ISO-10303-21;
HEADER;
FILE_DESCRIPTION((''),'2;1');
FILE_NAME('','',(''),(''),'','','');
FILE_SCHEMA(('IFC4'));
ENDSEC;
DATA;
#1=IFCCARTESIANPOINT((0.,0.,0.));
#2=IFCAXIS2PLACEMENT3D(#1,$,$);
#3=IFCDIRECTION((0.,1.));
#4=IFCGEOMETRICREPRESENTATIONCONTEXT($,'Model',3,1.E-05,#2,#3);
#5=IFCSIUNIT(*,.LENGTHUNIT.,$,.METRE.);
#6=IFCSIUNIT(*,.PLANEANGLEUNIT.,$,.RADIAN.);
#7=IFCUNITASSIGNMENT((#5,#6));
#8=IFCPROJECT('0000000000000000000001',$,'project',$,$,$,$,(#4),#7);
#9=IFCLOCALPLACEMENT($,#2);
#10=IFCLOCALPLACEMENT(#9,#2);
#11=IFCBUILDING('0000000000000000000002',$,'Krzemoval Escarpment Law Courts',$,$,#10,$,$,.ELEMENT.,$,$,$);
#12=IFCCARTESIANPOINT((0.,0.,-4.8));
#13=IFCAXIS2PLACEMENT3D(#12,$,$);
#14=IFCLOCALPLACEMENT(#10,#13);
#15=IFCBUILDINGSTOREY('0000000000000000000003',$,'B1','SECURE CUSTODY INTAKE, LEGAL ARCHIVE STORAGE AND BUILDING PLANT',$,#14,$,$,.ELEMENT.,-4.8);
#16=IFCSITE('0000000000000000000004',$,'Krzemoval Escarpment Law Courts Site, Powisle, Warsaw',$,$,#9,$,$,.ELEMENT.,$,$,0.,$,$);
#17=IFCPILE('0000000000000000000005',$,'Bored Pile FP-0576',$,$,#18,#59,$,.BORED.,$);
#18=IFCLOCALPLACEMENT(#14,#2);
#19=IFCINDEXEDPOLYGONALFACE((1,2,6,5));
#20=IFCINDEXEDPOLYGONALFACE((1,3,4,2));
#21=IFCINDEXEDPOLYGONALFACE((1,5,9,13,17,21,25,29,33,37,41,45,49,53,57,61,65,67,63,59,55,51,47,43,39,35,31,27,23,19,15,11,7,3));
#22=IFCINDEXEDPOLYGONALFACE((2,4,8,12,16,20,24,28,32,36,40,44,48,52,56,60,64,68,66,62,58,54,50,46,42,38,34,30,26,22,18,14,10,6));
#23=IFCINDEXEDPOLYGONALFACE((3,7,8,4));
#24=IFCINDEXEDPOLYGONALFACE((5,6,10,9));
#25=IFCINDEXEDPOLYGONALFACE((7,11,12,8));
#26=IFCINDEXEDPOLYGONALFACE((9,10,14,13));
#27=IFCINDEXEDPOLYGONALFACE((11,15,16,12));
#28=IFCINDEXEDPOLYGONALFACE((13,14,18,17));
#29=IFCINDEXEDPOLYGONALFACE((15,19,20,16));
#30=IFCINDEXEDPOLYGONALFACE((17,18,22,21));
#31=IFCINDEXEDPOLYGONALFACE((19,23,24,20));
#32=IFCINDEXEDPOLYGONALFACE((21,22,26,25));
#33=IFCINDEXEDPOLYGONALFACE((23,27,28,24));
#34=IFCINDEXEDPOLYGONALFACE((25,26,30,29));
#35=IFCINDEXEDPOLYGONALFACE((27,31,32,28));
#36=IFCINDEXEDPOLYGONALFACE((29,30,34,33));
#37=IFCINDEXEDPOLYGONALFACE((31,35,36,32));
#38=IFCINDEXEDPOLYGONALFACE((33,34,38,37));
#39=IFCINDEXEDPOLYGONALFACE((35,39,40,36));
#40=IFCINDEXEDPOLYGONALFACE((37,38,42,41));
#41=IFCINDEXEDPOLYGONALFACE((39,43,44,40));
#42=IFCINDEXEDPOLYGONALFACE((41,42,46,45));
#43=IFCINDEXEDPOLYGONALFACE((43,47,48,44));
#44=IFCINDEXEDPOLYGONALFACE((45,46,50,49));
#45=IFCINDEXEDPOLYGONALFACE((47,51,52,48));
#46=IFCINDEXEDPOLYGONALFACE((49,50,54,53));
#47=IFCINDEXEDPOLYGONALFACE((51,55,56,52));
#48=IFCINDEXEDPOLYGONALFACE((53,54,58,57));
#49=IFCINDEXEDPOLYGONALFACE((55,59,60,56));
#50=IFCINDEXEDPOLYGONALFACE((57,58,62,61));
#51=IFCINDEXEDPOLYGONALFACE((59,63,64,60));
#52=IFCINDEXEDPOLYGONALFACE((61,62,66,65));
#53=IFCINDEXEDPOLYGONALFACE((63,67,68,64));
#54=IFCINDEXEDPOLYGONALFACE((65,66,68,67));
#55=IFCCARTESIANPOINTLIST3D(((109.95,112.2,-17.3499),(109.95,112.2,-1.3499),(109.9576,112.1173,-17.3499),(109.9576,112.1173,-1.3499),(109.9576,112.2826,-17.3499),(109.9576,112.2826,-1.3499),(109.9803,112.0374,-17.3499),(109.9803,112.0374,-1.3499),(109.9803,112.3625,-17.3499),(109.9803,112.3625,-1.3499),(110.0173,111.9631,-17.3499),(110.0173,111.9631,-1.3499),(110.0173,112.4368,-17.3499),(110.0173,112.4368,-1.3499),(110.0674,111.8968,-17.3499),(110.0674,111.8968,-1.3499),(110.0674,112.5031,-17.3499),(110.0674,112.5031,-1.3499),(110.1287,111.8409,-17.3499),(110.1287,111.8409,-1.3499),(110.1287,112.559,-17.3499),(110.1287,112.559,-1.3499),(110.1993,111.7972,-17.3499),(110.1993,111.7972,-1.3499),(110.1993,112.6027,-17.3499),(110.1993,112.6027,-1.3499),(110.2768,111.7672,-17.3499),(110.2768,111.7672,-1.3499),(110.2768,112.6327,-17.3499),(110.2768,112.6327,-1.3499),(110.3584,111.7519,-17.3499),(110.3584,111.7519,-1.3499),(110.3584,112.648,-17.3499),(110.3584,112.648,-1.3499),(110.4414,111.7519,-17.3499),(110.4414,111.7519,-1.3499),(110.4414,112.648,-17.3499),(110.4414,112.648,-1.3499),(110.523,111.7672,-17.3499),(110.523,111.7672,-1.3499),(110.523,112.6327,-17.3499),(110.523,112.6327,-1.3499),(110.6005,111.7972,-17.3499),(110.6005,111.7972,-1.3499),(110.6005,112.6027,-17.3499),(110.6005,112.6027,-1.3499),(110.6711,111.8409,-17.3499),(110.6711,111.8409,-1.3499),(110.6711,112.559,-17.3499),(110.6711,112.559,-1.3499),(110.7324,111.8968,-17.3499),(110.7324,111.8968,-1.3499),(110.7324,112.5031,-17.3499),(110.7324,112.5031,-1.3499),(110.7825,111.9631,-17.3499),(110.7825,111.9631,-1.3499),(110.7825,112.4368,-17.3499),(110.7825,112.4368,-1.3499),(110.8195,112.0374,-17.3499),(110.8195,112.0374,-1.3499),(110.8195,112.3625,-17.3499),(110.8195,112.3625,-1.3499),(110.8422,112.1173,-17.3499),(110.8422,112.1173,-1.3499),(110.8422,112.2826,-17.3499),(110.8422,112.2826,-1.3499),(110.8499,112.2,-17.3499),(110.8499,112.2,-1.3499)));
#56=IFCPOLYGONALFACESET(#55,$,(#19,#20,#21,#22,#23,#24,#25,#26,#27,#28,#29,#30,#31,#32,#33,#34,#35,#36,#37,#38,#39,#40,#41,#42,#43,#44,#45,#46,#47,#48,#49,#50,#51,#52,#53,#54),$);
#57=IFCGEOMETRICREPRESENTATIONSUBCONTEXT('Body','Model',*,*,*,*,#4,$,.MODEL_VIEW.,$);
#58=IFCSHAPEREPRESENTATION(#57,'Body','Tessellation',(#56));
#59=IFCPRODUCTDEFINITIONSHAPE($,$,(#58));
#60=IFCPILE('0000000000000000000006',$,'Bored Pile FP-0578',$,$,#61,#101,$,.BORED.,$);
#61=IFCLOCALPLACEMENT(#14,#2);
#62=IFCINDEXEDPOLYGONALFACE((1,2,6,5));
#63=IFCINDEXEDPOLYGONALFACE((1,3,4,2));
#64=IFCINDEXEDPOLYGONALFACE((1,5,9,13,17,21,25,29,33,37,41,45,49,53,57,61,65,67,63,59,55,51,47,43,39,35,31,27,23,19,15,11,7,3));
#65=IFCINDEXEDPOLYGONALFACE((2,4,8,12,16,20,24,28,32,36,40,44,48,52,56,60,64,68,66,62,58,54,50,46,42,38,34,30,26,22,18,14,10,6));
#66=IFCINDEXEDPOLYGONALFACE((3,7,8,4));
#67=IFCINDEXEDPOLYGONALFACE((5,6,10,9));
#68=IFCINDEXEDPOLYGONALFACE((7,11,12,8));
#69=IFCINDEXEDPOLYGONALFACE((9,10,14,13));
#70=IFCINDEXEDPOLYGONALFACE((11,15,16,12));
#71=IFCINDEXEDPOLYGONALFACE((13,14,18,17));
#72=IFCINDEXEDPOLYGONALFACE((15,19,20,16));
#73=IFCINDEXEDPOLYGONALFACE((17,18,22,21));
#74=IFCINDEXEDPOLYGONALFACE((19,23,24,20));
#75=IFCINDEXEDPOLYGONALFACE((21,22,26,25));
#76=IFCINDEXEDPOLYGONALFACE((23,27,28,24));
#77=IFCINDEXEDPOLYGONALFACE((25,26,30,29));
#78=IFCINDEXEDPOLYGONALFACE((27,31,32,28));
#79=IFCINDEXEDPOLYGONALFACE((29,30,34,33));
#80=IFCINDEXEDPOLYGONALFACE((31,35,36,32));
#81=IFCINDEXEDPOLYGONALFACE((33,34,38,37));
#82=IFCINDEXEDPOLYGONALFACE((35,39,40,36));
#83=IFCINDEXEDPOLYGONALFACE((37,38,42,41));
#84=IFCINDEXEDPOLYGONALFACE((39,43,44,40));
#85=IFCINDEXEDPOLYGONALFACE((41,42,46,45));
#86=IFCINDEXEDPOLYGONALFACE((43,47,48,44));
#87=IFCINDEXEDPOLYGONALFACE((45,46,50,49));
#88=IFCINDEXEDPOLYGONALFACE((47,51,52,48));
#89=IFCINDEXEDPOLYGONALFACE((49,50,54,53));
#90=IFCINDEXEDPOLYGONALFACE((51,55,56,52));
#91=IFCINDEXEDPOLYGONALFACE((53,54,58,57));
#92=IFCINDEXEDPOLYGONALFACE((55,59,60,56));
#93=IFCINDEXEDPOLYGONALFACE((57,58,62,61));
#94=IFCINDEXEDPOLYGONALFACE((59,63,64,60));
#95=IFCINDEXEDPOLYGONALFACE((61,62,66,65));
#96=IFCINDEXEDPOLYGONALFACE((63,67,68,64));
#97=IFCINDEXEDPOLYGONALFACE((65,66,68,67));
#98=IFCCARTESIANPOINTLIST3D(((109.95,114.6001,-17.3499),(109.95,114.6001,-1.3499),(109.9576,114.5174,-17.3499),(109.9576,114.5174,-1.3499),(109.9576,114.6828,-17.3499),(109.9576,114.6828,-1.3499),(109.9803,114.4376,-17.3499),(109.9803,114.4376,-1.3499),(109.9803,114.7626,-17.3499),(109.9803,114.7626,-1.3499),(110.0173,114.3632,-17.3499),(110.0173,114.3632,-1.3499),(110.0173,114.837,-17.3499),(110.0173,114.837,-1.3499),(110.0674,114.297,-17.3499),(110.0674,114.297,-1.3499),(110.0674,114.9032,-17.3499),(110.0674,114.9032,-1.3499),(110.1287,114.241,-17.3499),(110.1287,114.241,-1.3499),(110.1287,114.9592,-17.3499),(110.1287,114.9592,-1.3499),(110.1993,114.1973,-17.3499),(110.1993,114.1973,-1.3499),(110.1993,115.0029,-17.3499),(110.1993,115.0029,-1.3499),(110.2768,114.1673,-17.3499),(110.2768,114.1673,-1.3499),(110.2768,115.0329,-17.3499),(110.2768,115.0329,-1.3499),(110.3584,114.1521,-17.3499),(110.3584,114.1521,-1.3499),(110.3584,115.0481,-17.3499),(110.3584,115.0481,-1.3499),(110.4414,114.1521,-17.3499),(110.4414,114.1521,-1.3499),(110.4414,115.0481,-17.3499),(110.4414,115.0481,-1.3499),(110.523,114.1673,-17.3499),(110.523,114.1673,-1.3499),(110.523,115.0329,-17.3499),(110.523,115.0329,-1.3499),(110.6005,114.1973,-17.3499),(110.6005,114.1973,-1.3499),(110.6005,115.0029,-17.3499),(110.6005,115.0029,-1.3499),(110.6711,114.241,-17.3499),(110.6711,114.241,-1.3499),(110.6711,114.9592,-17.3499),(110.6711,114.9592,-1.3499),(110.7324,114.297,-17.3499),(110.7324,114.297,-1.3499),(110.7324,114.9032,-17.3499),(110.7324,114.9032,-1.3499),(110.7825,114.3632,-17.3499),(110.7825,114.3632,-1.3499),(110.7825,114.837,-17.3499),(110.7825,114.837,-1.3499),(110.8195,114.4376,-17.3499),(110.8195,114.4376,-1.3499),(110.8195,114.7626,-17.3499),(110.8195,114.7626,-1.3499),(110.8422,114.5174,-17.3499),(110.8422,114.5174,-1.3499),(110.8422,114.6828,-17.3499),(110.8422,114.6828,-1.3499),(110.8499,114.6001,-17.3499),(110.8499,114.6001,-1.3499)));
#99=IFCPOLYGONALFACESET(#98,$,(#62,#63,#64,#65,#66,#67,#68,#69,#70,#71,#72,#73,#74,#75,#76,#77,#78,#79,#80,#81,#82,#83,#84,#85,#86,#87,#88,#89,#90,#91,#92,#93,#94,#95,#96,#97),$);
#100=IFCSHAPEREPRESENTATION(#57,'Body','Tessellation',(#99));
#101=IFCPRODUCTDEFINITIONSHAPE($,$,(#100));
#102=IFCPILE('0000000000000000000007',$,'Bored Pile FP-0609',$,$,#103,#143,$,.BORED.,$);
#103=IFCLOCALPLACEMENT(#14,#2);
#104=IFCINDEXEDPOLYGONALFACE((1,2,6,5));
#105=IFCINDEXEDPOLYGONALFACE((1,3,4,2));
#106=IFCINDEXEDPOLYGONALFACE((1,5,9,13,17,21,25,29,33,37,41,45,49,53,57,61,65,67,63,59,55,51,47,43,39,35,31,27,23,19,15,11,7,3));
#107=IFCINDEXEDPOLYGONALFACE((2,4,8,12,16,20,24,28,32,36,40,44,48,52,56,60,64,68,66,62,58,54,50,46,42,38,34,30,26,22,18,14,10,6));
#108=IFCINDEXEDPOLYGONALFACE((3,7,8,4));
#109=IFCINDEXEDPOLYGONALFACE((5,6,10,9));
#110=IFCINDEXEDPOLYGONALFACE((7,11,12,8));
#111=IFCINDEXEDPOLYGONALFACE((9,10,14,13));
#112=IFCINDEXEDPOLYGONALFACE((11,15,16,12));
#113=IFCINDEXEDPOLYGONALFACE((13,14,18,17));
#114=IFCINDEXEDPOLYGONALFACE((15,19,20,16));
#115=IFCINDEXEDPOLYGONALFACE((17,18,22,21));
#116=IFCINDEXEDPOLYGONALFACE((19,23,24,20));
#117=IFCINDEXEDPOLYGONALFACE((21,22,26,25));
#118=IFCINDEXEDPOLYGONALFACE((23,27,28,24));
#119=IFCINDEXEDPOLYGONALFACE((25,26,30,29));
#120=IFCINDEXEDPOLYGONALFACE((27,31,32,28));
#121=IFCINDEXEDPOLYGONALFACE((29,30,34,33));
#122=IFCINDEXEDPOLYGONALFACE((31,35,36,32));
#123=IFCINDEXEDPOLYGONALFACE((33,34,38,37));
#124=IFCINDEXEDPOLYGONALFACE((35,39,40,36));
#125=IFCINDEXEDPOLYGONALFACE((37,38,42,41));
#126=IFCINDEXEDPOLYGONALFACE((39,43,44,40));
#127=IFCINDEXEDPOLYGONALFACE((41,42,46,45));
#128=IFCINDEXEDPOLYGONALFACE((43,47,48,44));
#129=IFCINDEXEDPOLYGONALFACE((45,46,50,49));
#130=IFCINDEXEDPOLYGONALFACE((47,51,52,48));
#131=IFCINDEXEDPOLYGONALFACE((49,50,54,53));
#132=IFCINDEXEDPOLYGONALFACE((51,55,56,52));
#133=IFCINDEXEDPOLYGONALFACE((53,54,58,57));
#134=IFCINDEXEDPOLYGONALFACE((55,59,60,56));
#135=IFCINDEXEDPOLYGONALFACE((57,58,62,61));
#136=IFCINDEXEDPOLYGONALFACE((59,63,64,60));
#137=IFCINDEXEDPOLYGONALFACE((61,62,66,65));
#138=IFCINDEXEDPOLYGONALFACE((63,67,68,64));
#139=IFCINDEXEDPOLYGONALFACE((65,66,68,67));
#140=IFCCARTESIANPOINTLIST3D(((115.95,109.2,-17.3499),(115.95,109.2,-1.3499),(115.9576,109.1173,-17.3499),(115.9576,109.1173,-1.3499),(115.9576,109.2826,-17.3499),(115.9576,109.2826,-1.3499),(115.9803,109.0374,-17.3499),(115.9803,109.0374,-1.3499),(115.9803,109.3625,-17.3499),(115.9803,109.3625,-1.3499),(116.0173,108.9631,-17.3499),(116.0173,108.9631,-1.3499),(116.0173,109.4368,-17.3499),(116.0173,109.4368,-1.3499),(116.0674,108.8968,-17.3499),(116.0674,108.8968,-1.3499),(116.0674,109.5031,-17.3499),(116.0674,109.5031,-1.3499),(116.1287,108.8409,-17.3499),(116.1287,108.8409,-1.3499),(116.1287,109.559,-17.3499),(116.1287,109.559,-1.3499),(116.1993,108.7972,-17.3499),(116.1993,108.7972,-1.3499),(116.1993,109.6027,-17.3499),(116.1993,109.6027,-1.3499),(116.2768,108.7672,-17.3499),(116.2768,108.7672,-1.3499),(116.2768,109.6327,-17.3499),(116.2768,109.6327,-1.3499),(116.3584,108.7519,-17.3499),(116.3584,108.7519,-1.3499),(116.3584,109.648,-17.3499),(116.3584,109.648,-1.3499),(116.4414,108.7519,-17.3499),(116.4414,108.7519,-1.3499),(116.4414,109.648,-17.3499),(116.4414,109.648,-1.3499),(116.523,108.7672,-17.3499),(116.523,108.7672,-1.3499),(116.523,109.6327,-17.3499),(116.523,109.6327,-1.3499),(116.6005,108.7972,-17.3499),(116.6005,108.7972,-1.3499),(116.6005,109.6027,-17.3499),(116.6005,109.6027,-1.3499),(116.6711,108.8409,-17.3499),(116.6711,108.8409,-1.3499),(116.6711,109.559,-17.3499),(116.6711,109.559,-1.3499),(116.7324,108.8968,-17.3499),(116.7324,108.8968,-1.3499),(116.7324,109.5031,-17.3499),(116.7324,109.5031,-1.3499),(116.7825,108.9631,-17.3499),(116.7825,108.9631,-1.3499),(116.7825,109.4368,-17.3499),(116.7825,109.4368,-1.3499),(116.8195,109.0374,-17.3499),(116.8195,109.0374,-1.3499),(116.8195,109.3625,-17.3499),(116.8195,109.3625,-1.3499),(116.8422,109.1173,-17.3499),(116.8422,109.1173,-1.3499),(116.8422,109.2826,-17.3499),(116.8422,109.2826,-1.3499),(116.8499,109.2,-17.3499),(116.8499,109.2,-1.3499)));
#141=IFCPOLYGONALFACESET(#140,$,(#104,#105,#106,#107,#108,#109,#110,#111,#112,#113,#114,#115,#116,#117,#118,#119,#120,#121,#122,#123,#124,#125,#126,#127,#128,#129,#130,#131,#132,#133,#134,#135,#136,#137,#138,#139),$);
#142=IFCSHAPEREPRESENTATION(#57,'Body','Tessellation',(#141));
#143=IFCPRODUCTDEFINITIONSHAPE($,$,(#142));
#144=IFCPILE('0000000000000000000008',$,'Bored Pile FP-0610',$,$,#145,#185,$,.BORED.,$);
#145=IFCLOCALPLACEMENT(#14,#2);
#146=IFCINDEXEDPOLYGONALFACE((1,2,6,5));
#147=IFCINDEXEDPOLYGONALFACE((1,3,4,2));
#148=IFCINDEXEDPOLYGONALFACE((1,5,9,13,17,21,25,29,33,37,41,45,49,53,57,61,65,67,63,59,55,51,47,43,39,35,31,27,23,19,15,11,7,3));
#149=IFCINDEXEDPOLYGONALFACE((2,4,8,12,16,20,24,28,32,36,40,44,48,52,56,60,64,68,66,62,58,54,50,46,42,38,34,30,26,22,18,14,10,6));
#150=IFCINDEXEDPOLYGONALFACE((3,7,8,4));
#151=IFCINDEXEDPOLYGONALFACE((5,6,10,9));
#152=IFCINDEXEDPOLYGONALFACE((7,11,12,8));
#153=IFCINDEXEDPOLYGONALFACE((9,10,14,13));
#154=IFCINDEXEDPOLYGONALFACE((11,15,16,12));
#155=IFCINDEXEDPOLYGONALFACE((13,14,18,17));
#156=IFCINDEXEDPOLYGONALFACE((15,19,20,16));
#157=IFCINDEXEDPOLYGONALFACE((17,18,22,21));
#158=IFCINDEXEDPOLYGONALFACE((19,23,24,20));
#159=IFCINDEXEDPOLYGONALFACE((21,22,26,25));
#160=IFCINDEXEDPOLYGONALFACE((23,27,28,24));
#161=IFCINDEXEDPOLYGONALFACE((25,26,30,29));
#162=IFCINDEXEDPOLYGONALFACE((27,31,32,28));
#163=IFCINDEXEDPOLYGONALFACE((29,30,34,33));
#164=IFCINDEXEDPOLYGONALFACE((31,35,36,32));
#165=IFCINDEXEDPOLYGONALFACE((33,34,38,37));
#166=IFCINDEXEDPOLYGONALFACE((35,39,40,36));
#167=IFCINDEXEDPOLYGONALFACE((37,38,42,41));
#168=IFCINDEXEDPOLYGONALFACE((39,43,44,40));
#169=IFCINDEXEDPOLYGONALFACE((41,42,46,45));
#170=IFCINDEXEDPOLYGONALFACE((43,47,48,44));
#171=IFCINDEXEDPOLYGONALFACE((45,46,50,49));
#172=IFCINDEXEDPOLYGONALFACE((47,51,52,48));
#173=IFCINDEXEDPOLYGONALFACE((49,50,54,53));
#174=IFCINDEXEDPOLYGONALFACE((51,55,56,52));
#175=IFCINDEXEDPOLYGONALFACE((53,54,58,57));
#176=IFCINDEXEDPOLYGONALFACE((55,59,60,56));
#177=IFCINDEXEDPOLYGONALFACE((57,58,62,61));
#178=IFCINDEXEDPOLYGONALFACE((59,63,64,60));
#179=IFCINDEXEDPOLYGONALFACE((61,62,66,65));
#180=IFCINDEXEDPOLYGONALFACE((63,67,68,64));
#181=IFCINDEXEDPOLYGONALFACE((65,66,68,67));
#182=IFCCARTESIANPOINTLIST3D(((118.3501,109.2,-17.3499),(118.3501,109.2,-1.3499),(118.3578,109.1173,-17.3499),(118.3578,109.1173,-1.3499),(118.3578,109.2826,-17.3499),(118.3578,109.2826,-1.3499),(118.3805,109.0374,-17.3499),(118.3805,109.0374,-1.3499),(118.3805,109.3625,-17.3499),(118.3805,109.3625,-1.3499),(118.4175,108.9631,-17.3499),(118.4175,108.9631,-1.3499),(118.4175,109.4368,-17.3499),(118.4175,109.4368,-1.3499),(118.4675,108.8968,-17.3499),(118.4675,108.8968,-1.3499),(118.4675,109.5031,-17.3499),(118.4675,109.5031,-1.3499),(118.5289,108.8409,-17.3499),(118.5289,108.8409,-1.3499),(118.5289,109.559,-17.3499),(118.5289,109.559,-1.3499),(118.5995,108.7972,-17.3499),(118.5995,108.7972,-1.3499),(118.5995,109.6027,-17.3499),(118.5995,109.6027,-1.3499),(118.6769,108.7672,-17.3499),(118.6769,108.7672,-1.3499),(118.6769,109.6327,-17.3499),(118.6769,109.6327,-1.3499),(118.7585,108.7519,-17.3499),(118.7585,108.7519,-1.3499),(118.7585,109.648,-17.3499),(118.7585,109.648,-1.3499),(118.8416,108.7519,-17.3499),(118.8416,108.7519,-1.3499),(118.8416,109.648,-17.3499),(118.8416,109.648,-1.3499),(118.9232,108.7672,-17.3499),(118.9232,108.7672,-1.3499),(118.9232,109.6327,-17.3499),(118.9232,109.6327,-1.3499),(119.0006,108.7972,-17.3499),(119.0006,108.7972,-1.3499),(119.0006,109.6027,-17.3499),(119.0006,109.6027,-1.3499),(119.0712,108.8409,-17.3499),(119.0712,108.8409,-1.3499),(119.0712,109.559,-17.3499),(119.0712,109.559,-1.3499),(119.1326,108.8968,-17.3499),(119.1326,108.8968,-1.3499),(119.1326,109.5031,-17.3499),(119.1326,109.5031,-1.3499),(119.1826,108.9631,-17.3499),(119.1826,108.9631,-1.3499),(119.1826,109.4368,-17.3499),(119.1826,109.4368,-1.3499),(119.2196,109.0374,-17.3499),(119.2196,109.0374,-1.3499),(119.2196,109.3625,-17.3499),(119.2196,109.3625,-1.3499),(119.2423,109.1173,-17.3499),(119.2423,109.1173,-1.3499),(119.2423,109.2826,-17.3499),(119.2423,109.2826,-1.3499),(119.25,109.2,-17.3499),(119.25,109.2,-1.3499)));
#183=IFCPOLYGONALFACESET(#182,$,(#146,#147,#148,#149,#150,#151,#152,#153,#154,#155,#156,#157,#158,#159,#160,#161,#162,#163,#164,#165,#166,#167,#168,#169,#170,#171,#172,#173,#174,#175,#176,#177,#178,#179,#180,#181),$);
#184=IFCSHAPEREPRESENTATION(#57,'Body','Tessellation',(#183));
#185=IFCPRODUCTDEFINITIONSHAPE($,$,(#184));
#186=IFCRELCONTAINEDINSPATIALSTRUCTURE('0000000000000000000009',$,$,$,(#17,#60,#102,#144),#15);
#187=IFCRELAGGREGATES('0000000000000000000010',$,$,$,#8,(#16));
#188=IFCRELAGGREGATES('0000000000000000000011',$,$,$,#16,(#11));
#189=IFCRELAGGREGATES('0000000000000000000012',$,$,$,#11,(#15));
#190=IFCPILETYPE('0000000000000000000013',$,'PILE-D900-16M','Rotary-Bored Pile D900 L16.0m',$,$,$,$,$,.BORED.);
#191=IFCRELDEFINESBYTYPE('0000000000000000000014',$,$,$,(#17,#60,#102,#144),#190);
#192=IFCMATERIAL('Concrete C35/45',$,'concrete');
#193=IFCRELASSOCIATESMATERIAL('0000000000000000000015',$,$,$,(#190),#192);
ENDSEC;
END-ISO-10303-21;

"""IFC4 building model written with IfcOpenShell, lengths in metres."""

from ifc_helpers import new_model, si_unit, direction, frame, origin, origin_2d, place, context, subcontext, project, spatial, circle, extrude, material, material_profile, profile_set, type_object, element, save


model = new_model("IFC4")

# Units and contexts
model_context = context("Model", 3, precision=1e-05, world=origin(), true_north=direction((0.0, 1.0)))
body_context = subcontext(model_context, "Body", "Model", "MODEL_VIEW")
ifc_project = project(units=[si_unit("LENGTHUNIT", "METRE"), si_unit("PLANEANGLEUNIT", "RADIAN")], contexts=[model_context])

# Site, building, storey
site_placement = place(None, origin())
site = spatial("IfcSite", under=ifc_project, at=site_placement, Name="Krzemoval Escarpment Law Courts Site, Powisle, Warsaw", CompositionType="ELEMENT", RefElevation=0.0)
building_placement = place(site_placement, origin())
building = spatial("IfcBuilding", under=site, at=building_placement, Name="Krzemoval Escarpment Law Courts", CompositionType="ELEMENT")
storey_placement = place(building_placement, frame((0.0, 0.0, -4.8)))
storey = spatial("IfcBuildingStorey", under=building, at=storey_placement, Name="B1", Description="SECURE CUSTODY INTAKE, LEGAL ARCHIVE STORAGE AND BUILDING PLANT", CompositionType="ELEMENT", Elevation=-4.8)

# Piles
ifc_material_1 = material(Name="Concrete C35/45", Category="concrete")
ifc_material_profile_1 = material_profile(ifc_material_1, circle(Radius=0.45, at=origin_2d()), Name="PILE D900")
ifc_profile_set_1 = profile_set([ifc_material_profile_1], Name="Concrete C35/45")
pile_type_1 = type_object("IfcPileType", Name="PILE-D900-16M", Description="Rotary-Bored Pile D900 L16.0m", PredefinedType="BORED", material=ifc_profile_set_1)
for number, where, z_axis, x_axis, name in (
    (1, (110.3999, 112.2, -1.3499), (0.0, 0.0, -1.0), (1.0, 0.0, 0.0), "Bored Pile FP-0576"),
    (2, (110.3999, 114.6001, -1.3499), (0.0, 0.0, -1.0), (1.0, 0.0, 0.0), "Bored Pile FP-0578"),
    (3, (116.3999, 109.2, -1.3499), (0.0, 0.0, -1.0), (1.0, 0.0, 0.0), "Bored Pile FP-0609"),
    (4, (118.8, 109.2, -1.3499), (0.0, 0.0, -1.0), (1.0, 0.0, 0.0), "Bored Pile FP-0610"),
):
    element("IfcPile", number, at=place(storey_placement, frame(where, z_axis=z_axis, x_axis=x_axis)), inside=storey, type_object=pile_type_1, Name=name, PredefinedType="BORED", context=body_context, shape_type="SweptSolid", body=[
        extrude(circle(Radius=0.45, at=origin_2d()), origin(), (0.0, 0.0, 1.0), 16.0),
    ])

save(model, "model.ifc")
